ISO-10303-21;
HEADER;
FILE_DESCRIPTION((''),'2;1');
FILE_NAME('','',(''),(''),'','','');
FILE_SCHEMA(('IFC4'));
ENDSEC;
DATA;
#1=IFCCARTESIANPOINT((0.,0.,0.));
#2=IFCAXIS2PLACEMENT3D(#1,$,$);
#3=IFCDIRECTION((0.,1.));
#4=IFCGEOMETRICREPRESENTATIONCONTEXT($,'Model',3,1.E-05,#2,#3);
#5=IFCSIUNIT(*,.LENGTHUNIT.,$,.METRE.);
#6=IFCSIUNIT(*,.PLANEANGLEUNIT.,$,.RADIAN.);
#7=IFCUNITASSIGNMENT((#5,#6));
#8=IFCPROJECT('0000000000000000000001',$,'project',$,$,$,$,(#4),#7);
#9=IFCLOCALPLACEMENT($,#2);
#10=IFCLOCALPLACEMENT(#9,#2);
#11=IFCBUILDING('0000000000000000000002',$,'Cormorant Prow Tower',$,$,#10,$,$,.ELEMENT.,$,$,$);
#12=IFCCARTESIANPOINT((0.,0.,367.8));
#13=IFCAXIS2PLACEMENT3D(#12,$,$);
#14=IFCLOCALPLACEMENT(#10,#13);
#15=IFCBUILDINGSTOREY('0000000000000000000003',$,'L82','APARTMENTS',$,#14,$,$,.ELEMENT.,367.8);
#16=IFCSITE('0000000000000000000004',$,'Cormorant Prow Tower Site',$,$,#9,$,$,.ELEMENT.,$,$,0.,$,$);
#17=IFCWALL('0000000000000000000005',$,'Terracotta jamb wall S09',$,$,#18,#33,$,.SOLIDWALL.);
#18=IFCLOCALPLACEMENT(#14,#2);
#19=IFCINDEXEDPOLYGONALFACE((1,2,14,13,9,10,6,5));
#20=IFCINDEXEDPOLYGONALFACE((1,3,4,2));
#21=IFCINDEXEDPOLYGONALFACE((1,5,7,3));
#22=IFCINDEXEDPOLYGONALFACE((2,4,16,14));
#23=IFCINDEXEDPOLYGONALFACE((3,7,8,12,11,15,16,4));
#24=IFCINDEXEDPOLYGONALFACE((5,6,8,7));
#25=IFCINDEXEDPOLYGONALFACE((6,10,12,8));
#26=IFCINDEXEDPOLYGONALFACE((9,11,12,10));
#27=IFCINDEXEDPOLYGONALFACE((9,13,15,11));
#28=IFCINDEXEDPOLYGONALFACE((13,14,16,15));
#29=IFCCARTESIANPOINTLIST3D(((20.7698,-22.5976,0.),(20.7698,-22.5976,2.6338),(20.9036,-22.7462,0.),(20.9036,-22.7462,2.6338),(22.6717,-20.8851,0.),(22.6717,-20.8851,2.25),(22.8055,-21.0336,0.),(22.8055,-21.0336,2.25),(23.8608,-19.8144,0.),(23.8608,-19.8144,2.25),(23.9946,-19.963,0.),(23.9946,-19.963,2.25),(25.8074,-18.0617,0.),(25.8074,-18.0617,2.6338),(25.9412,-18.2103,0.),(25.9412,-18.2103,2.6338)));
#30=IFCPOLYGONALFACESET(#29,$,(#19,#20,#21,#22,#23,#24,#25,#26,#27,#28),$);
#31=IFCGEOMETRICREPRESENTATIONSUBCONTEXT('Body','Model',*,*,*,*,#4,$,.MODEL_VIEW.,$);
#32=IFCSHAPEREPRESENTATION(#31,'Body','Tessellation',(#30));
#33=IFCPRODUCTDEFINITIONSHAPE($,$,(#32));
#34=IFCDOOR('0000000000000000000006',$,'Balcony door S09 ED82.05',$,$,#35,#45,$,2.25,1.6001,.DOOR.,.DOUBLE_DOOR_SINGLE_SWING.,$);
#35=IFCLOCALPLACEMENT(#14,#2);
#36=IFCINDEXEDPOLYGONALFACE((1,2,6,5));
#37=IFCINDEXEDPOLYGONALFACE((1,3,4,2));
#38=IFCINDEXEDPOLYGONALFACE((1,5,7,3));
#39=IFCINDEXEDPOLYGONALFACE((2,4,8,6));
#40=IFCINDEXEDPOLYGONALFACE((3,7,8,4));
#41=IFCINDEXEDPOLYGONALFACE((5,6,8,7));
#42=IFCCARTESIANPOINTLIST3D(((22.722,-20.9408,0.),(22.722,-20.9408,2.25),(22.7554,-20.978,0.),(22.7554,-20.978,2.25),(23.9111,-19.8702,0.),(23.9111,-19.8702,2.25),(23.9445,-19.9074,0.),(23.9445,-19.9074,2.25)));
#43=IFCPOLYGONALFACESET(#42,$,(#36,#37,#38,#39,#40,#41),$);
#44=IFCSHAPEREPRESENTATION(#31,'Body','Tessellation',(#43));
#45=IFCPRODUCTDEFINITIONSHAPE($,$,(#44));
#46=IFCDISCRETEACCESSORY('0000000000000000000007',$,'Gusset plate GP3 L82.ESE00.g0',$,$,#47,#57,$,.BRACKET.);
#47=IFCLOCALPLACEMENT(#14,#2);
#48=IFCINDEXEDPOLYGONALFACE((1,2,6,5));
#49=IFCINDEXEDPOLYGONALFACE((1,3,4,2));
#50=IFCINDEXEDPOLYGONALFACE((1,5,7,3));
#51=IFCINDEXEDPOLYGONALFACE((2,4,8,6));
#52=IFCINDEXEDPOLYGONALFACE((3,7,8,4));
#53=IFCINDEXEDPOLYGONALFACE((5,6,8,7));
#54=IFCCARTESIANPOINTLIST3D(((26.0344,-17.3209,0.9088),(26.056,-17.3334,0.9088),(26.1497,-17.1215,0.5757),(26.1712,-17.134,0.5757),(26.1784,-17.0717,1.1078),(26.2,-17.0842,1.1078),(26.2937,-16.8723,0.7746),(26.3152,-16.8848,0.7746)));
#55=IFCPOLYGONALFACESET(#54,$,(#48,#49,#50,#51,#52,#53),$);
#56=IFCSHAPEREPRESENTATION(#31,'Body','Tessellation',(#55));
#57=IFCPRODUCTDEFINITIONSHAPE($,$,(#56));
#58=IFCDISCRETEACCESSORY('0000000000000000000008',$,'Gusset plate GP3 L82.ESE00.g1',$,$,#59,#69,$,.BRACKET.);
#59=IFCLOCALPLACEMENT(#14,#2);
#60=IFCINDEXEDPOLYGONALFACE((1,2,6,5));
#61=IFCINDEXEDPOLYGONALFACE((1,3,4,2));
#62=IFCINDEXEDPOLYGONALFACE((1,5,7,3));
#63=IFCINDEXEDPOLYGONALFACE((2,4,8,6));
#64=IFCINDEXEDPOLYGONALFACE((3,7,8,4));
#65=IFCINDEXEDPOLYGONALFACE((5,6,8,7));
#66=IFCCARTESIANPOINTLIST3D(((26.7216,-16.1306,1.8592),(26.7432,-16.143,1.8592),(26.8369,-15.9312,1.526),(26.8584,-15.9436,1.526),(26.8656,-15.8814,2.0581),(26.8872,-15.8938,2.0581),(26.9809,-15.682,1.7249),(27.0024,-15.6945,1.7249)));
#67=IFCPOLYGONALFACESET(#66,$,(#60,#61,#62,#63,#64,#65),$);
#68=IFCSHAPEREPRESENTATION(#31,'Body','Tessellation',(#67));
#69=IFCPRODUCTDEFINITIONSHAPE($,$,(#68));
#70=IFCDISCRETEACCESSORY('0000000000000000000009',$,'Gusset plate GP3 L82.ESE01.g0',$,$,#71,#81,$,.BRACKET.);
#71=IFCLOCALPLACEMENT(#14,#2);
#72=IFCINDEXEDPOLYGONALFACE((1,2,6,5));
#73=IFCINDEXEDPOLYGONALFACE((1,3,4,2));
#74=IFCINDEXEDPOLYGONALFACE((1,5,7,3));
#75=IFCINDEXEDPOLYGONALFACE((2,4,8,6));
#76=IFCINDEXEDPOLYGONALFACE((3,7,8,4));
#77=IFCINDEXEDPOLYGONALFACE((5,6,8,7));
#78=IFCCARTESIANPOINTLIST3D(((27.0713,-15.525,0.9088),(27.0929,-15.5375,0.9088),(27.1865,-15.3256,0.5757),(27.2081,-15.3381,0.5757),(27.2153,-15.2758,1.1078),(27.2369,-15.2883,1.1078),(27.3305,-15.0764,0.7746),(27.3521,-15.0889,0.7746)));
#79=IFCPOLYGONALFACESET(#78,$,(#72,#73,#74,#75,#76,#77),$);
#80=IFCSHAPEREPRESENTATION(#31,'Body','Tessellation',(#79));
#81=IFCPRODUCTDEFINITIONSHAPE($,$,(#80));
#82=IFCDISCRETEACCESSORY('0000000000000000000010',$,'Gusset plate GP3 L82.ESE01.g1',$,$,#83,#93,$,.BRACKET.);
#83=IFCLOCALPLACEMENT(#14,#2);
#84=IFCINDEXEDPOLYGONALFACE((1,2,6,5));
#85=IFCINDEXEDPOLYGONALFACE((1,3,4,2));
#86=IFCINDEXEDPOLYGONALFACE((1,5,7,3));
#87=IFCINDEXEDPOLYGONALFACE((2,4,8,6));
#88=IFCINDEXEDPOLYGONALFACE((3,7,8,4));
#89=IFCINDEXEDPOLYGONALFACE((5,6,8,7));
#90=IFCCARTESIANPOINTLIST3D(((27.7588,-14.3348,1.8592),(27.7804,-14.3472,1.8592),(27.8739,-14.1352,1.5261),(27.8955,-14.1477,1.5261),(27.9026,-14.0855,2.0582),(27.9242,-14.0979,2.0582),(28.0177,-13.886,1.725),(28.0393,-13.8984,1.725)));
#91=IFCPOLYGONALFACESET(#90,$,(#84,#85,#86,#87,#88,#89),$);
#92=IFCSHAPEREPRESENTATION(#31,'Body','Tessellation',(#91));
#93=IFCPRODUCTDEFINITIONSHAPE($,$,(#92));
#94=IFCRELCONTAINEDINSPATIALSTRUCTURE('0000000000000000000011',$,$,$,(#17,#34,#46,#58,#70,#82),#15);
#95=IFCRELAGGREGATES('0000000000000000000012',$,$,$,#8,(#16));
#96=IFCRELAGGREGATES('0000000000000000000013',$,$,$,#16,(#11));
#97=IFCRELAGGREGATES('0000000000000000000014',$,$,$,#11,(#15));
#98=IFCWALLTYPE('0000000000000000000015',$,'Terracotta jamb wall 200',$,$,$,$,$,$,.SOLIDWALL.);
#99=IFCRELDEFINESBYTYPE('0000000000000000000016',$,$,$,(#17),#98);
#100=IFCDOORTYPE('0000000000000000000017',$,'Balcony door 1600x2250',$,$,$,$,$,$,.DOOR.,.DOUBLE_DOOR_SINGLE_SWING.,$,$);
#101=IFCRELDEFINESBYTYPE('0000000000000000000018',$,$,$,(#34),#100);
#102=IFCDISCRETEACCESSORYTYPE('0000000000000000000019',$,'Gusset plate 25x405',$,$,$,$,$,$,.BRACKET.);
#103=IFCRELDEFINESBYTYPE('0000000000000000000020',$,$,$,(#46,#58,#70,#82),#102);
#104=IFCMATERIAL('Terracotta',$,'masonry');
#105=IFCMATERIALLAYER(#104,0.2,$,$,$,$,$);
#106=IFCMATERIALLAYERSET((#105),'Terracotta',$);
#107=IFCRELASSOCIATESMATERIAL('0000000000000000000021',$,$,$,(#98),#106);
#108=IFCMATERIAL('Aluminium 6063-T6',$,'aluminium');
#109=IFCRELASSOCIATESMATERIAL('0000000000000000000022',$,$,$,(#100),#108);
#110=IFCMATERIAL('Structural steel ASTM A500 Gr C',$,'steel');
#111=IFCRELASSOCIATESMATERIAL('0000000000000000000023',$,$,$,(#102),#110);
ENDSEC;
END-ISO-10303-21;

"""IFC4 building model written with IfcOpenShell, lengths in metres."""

from ifc_helpers import new_model, si_unit, direction, frame, frame_2d, origin, origin_2d, place, context, subcontext, project, spatial, rectangle, extrude, material, layer, layer_set, material_profile, profile_set, type_object, element, fill, save


model = new_model("IFC4")

# Units and contexts
model_context = context("Model", 3, precision=1e-05, world=origin(), true_north=direction((0.0, 1.0)))
body_context = subcontext(model_context, "Body", "Model", "MODEL_VIEW")
ifc_project = project(units=[si_unit("LENGTHUNIT", "METRE"), si_unit("PLANEANGLEUNIT", "RADIAN")], contexts=[model_context])

# Site, building, storey
site_placement = place(None, origin())
site = spatial("IfcSite", under=ifc_project, at=site_placement, Name="Cormorant Prow Tower Site", CompositionType="ELEMENT", RefElevation=0.0)
building_placement = place(site_placement, origin())
building = spatial("IfcBuilding", under=site, at=building_placement, Name="Cormorant Prow Tower", CompositionType="ELEMENT")
storey_placement = place(building_placement, frame((0.0, 0.0, 367.8)))
storey = spatial("IfcBuildingStorey", under=building, at=storey_placement, Name="L82", Description="APARTMENTS", CompositionType="ELEMENT", Elevation=367.8)

# Wall, opening, door
ifc_material_1 = material(Name="Terracotta", Category="masonry")
ifc_layer_1 = layer(ifc_material_1, 0.2)
ifc_layer_set_1 = layer_set([ifc_layer_1], Name="Terracotta")
wall_type_1 = type_object("IfcWallType", Name="Terracotta jamb wall 200", PredefinedType="SOLIDWALL", material=ifc_layer_set_1)
wall_1_placement = place(storey_placement, frame((20.8367, -22.6719, 0.0), z_axis=(0.0, 0.0, 1.0), x_axis=(0.743144, 0.669132, 0.0)))
wall_1 = element("IfcWall", 1, at=wall_1_placement, inside=storey, type_object=wall_type_1, Name="Terracotta jamb wall S09", PredefinedType="SOLIDWALL", context=body_context, shape_type="SweptSolid", body=[
    extrude(rectangle(XDim=6.7788, YDim=0.2, at=frame_2d((3.3894, 0.0))), origin(), (0.0, 0.0, 1.0), 2.6338),
])
opening_1_placement = place(wall_1_placement, frame((2.5593, 0.0, 0.0)))
opening_1 = element("IfcOpeningElement", 2, at=opening_1_placement, cuts=wall_1, PredefinedType="OPENING", context=body_context, shape_type="SweptSolid", body=[
    extrude(rectangle(XDim=1.6001, YDim=2.25, at=frame_2d((0.8, 1.125))), frame((0.0, 0.1099, 0.0), z_axis=(0.0, -1.0, 0.0), x_axis=(1.0, 0.0, 0.0)), (0.0, 0.0, 1.0), 0.22),
])
ifc_material_2 = material(Name="Aluminium 6063-T6", Category="aluminium")
door_type_1 = type_object("IfcDoorType", Name="Balcony door 1600x2250", OperationType="DOUBLE_DOOR_SINGLE_SWING", PredefinedType="DOOR", material=ifc_material_2)
door_1_placement = place(opening_1_placement, origin())
door_1 = element("IfcDoor", 3, at=door_1_placement, inside=storey, type_object=door_type_1, Name="Balcony door S09 ED82.05", OperationType="DOUBLE_DOOR_SINGLE_SWING", OverallHeight=2.25, OverallWidth=1.6001, PredefinedType="DOOR", context=body_context, shape_type="SweptSolid", body=[
    extrude(rectangle(XDim=1.6001, YDim=2.25, at=frame_2d((0.8, 1.125))), frame((0.0, 0.0249, 0.0), z_axis=(0.0, -1.0, 0.0), x_axis=(1.0, 0.0, 0.0)), (0.0, 0.0, 1.0), 0.05),
])
fill(opening_1, door_1)

# Discrete accessories
ifc_material_3 = material(Name="Structural steel ASTM A500 Gr C", Category="steel")
ifc_material_profile_1 = material_profile(ifc_material_3, rectangle(XDim=0.0249, YDim=0.405, at=origin_2d()), Name="Gusset plate 25x405")
ifc_profile_set_1 = profile_set([ifc_material_profile_1], Name="Structural steel ASTM A500 Gr C")
discrete_accessory_type = type_object("IfcDiscreteAccessoryType", Name="Gusset plate 25x405", PredefinedType="BRACKET", material=ifc_profile_set_1)
for number, where, z_axis, x_axis, name in (
    (4, (26.2468, -16.9783, 0.9412), (-0.411596, -0.71227, -0.56856), (0.865832, -0.500334, 0.0), "Gusset plate GP3 L82.ESE00.g0"),
    (5, (26.79, -16.0371, 1.6926), (0.411596, 0.71227, 0.56856), (-0.865832, 0.500334, 0.0), "Gusset plate GP3 L82.ESE00.g1"),
    (6, (27.2837, -15.1824, 0.9412), (-0.411596, -0.71227, -0.56856), (0.865832, -0.500334, 0.0), "Gusset plate GP3 L82.ESE01.g0"),
    (7, (27.8271, -14.2412, 1.6926), (0.411016, 0.712474, 0.568723), (-0.8662, 0.499698, 0.0), "Gusset plate GP3 L82.ESE01.g1"),
):
    element("IfcDiscreteAccessory", number, at=place(storey_placement, frame(where, z_axis=z_axis, x_axis=x_axis)), inside=storey, type_object=discrete_accessory_type, Name=name, PredefinedType="BRACKET", context=body_context, shape_type="SweptSolid", body=[
        extrude(rectangle(XDim=0.0249, YDim=0.405, at=origin_2d()), origin(), (0.0, 0.0, 1.0), 0.3499),
    ])

save(model, "model.ifc")
